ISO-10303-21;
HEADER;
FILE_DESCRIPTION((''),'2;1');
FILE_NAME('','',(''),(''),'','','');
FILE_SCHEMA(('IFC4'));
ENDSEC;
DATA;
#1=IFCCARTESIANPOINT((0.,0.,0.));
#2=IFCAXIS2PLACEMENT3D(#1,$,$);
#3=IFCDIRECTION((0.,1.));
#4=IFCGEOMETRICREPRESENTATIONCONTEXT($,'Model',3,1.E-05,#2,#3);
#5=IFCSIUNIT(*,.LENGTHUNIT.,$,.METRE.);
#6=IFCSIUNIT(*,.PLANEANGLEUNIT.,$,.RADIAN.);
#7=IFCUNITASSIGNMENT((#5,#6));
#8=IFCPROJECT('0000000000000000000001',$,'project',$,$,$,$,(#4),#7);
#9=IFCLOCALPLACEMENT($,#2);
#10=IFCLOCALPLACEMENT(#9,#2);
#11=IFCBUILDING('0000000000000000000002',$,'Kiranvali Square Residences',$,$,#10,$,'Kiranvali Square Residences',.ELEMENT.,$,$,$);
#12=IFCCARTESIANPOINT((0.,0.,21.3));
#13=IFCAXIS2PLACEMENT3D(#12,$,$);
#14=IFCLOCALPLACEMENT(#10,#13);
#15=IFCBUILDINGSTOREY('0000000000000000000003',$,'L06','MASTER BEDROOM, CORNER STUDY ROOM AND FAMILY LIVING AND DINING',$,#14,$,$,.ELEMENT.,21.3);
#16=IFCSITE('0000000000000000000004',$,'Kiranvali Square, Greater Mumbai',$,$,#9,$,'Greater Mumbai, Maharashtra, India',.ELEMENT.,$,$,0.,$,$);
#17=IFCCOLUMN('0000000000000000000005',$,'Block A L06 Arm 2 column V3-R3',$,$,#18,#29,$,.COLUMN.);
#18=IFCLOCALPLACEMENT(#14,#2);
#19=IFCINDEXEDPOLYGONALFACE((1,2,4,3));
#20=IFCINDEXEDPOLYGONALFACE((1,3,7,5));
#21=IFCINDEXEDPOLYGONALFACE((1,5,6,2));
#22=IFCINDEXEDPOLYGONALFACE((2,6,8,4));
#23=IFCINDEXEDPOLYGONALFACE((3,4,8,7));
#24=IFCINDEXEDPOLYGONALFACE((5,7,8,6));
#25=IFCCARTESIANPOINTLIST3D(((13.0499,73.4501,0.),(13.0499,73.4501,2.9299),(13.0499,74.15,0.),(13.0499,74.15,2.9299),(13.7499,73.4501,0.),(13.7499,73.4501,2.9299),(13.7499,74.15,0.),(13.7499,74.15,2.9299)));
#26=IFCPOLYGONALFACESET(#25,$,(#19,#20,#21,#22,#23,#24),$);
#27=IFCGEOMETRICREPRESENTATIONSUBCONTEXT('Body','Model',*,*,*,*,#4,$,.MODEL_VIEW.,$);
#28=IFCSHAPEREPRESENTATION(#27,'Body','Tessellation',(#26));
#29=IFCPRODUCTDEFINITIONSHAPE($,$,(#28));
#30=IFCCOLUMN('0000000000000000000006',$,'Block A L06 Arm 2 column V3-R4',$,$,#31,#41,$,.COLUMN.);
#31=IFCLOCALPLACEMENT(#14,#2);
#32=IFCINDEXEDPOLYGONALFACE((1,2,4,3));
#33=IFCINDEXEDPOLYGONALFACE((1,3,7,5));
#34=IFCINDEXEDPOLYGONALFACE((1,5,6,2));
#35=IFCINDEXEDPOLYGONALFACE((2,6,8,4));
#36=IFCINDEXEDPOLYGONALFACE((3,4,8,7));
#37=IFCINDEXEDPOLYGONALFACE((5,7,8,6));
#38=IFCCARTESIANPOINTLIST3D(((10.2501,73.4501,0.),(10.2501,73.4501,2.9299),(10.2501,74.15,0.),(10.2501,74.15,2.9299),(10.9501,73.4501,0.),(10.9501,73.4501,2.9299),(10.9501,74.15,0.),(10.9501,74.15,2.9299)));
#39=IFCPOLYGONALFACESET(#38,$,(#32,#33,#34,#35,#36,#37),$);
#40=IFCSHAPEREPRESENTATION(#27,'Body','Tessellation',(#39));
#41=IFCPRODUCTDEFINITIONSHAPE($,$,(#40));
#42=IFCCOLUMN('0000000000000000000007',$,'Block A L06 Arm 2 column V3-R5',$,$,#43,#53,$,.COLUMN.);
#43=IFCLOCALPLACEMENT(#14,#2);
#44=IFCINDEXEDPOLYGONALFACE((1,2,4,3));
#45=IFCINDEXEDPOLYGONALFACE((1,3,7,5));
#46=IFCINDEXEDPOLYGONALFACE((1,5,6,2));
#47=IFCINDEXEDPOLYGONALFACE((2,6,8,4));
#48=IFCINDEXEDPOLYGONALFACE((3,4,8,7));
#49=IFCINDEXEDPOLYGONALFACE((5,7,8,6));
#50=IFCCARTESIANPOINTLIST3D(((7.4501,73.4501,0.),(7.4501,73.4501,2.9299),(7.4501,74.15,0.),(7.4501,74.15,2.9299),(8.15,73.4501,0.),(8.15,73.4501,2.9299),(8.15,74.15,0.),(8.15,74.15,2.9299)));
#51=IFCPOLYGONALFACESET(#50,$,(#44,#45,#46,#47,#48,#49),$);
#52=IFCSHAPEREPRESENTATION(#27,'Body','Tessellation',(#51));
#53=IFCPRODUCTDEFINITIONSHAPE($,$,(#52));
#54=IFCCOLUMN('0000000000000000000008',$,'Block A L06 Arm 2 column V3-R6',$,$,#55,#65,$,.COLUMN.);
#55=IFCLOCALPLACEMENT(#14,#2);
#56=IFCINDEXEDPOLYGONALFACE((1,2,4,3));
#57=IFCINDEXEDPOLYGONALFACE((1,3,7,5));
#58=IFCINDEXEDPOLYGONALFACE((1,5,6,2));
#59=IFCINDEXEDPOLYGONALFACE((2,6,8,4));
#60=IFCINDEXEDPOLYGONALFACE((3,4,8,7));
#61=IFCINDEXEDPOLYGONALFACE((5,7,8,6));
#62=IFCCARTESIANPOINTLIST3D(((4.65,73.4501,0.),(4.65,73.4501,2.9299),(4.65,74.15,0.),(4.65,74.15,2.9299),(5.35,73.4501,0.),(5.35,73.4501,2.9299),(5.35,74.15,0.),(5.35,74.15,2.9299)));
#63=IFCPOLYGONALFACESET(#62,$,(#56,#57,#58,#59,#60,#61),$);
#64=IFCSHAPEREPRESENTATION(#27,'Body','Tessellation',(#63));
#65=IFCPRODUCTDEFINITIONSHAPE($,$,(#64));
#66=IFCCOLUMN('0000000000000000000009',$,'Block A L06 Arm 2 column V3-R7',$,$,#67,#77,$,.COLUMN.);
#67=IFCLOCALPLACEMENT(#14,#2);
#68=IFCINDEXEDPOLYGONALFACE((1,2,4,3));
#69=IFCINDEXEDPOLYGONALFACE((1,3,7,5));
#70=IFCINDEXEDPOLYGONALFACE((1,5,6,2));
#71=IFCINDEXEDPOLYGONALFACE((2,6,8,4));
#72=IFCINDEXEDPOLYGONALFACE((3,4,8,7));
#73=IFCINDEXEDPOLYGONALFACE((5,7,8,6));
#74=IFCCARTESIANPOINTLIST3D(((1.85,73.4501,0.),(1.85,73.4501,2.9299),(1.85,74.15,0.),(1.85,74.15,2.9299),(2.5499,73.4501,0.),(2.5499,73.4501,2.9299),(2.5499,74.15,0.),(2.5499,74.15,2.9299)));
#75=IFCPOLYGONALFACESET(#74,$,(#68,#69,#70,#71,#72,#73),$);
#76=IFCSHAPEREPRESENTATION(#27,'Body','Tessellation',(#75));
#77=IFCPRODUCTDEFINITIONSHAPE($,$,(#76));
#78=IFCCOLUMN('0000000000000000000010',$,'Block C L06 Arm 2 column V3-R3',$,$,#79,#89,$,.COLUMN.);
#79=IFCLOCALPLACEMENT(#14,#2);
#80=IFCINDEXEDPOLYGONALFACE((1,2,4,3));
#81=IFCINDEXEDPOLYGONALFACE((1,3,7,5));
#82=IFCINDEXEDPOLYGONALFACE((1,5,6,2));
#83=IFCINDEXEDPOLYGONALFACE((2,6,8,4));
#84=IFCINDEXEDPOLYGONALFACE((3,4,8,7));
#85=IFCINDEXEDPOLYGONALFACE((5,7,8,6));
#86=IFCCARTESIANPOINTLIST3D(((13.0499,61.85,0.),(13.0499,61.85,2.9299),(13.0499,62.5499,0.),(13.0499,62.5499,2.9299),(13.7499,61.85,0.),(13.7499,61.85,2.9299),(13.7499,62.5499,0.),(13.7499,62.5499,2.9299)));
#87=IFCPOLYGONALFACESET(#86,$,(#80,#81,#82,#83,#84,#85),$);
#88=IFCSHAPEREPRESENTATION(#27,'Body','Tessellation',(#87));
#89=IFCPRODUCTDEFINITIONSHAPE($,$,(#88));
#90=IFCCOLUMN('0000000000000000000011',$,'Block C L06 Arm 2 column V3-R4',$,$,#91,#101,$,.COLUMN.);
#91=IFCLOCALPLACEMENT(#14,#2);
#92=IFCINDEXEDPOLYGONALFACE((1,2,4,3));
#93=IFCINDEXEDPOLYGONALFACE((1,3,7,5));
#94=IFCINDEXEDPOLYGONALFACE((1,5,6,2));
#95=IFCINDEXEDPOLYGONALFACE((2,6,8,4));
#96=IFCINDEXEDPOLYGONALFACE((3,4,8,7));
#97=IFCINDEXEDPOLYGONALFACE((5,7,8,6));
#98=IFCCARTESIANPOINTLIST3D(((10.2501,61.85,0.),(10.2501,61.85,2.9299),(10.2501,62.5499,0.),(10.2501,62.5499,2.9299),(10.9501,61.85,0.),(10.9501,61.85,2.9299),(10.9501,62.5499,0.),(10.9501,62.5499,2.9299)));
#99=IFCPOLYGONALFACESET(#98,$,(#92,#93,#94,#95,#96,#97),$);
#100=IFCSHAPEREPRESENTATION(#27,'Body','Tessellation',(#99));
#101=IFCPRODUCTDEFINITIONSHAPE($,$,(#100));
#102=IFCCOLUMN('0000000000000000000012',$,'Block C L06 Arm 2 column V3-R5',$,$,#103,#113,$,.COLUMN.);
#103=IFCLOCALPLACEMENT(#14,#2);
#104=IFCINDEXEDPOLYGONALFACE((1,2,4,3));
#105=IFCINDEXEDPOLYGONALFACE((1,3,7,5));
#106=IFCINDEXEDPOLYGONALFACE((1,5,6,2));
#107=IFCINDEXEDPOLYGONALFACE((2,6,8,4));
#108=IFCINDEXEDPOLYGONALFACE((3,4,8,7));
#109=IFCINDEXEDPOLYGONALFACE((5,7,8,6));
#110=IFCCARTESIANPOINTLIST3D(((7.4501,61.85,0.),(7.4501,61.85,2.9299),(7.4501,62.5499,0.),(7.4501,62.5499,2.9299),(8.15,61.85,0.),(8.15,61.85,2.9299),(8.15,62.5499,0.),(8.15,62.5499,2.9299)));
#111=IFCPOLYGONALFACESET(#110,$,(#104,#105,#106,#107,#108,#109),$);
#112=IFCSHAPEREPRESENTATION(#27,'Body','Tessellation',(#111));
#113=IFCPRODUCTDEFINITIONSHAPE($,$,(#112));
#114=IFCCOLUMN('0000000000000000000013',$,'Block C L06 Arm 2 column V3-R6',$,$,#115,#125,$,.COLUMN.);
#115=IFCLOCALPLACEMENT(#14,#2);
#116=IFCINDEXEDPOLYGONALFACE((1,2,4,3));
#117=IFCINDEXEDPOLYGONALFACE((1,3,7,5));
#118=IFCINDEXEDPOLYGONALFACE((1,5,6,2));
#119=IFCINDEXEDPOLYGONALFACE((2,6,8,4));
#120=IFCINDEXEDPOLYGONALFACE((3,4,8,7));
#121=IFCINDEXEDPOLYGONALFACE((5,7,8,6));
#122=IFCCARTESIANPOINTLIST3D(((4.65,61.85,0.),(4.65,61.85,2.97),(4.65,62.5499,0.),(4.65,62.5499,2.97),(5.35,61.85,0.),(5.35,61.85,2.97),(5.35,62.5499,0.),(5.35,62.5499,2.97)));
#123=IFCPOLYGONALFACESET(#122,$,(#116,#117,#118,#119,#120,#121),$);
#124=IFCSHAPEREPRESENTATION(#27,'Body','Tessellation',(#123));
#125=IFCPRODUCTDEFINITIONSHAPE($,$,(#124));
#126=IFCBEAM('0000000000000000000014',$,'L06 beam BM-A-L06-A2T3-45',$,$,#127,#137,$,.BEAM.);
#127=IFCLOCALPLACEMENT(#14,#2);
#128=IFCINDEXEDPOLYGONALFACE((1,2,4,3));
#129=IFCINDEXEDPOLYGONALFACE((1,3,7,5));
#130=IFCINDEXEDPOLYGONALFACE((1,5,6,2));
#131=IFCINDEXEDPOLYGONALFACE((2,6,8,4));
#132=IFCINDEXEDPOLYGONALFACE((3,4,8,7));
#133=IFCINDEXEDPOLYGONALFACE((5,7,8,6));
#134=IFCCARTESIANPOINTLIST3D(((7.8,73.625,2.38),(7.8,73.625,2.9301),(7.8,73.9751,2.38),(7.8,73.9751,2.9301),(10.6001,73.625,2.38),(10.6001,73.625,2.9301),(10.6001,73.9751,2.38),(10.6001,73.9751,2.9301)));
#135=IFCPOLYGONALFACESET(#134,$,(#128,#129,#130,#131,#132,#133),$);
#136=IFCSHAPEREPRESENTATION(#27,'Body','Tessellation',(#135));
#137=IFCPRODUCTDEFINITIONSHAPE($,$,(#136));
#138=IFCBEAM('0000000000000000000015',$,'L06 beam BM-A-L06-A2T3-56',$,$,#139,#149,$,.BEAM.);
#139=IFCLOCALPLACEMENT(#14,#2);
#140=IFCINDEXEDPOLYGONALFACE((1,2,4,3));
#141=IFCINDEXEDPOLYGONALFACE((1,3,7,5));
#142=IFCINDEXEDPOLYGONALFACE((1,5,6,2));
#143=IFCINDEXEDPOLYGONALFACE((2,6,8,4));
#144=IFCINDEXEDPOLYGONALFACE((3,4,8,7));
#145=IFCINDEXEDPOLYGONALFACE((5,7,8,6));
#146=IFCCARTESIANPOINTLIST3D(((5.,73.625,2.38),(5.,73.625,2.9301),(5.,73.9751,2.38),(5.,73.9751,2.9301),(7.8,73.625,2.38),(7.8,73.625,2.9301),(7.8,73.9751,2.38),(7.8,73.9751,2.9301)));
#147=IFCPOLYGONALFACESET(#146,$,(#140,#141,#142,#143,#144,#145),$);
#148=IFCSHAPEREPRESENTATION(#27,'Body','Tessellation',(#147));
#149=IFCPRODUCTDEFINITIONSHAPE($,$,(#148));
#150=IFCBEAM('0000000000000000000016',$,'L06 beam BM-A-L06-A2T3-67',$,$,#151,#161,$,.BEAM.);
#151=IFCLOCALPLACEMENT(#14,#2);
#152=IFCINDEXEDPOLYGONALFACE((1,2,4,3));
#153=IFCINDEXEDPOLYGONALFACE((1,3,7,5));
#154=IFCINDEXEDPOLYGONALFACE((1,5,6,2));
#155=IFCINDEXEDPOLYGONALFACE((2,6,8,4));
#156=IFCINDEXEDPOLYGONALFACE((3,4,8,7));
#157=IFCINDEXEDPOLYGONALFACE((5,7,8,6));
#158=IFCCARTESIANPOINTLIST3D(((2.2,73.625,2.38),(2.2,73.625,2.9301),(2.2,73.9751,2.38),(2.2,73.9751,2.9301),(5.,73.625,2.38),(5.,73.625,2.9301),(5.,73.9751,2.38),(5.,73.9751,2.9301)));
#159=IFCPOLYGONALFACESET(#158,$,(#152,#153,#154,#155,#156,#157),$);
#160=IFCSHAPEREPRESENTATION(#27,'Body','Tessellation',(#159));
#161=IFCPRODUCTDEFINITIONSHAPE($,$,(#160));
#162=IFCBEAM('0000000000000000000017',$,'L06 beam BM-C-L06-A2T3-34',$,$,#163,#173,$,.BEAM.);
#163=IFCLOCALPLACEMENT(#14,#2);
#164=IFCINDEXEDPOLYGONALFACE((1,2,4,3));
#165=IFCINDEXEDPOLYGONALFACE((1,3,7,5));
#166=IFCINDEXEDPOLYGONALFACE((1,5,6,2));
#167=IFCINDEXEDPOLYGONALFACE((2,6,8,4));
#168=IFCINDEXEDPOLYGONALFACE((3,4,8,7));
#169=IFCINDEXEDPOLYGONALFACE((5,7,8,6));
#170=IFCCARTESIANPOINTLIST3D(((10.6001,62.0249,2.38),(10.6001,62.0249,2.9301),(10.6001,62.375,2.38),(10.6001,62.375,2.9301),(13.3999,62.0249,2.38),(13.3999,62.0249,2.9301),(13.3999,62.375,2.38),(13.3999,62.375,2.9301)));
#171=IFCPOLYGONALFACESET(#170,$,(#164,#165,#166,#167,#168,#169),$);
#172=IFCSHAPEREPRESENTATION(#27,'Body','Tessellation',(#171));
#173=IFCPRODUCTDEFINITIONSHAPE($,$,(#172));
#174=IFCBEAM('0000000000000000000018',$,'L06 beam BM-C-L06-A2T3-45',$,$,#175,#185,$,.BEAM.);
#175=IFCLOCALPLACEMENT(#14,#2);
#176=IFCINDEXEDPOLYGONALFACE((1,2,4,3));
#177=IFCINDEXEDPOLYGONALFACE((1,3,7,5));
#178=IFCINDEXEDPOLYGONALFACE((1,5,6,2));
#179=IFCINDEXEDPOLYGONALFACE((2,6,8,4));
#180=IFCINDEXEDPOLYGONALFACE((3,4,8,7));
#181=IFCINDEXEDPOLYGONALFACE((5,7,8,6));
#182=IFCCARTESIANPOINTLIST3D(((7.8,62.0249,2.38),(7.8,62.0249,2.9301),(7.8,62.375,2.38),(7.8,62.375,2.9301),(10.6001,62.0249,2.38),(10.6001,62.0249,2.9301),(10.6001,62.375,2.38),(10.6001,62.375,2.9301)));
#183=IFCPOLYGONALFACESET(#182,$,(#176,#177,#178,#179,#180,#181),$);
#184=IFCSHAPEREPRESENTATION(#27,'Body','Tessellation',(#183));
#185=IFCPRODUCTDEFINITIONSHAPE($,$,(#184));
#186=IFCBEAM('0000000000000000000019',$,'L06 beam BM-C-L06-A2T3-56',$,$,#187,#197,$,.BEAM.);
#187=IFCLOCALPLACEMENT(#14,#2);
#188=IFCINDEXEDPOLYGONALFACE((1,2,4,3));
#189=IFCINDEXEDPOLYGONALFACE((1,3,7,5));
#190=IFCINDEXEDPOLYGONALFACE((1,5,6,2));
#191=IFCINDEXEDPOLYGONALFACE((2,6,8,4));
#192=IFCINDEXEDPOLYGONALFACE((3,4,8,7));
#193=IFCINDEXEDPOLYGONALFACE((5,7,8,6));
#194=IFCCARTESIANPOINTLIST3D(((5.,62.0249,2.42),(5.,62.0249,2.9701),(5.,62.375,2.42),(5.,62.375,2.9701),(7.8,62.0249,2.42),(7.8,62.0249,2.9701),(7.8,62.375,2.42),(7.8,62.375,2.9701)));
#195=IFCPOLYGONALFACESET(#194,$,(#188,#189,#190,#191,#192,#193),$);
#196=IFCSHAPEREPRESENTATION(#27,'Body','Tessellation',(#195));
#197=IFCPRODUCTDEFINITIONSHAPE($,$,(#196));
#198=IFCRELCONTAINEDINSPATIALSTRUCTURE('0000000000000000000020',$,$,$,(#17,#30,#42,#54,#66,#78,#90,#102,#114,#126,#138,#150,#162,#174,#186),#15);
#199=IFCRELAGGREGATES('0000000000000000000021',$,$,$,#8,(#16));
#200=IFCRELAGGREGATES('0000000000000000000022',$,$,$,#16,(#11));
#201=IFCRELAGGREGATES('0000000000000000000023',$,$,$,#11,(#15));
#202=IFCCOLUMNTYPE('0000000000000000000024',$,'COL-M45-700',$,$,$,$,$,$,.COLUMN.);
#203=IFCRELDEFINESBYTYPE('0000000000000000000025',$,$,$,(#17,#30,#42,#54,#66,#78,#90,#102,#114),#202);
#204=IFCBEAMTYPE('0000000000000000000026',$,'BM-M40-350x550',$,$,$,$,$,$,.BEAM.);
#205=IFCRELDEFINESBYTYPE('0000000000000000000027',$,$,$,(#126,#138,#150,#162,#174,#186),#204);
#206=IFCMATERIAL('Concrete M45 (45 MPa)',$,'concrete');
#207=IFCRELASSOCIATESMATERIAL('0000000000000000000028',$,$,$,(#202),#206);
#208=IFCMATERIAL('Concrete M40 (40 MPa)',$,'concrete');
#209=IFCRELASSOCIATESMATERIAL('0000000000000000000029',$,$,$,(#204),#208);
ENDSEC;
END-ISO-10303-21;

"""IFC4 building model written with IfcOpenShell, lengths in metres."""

from ifc_helpers import new_model, si_unit, direction, frame, origin, origin_2d, place, context, subcontext, project, spatial, rectangle, extrude, material, material_profile, profile_set, type_object, element, save


model = new_model("IFC4")

# Units and contexts
model_context = context("Model", 3, precision=1e-05, world=origin(), true_north=direction((0.0, 1.0)))
body_context = subcontext(model_context, "Body", "Model", "MODEL_VIEW")
ifc_project = project(units=[si_unit("LENGTHUNIT", "METRE"), si_unit("PLANEANGLEUNIT", "RADIAN")], contexts=[model_context])

# Site, building, storey
site_placement = place(None, origin())
site = spatial("IfcSite", under=ifc_project, at=site_placement, Name="Kiranvali Square, Greater Mumbai", LongName="Greater Mumbai, Maharashtra, India", CompositionType="ELEMENT", RefElevation=0.0)
building_placement = place(site_placement, origin())
building = spatial("IfcBuilding", under=site, at=building_placement, Name="Kiranvali Square Residences", LongName="Kiranvali Square Residences", CompositionType="ELEMENT")
storey_placement = place(building_placement, frame((0.0, 0.0, 21.3)))
storey = spatial("IfcBuildingStorey", under=building, at=storey_placement, Name="L06", Description="MASTER BEDROOM, CORNER STUDY ROOM AND FAMILY LIVING AND DINING", CompositionType="ELEMENT", Elevation=21.3)

# Columns
ifc_material_1 = material(Name="Concrete M45 (45 MPa)", Category="concrete")
ifc_material_profile_1 = material_profile(ifc_material_1, rectangle(XDim=0.7, YDim=0.7, at=origin_2d()), Name="RC 700x700")
ifc_profile_set_1 = profile_set([ifc_material_profile_1], Name="Concrete M45 (45 MPa)")
column_type = type_object("IfcColumnType", Name="COL-M45-700", PredefinedType="COLUMN", material=ifc_profile_set_1)
for number, where, z_axis, x_axis, name in (
    (1, (13.3999, 73.8, 0.0), (0.0, 0.0, 1.0), (1.0, 0.0, 0.0), "Block A L06 Arm 2 column V3-R3"),
    (2, (10.6001, 73.8, 0.0), (0.0, 0.0, 1.0), (1.0, 0.0, 0.0), "Block A L06 Arm 2 column V3-R4"),
    (3, (7.8, 73.8, 0.0), (0.0, 0.0, 1.0), (1.0, 0.0, 0.0), "Block A L06 Arm 2 column V3-R5"),
    (4, (5.0, 73.8, 0.0), (0.0, 0.0, 1.0), (1.0, 0.0, 0.0), "Block A L06 Arm 2 column V3-R6"),
    (5, (2.2, 73.8, 0.0), (0.0, 0.0, 1.0), (1.0, 0.0, 0.0), "Block A L06 Arm 2 column V3-R7"),
    (6, (13.3999, 62.2, 0.0), (0.0, 0.0, 1.0), (1.0, 0.0, 0.0), "Block C L06 Arm 2 column V3-R3"),
    (7, (10.6001, 62.2, 0.0), (0.0, 0.0, 1.0), (1.0, 0.0, 0.0), "Block C L06 Arm 2 column V3-R4"),
    (8, (7.8, 62.2, 0.0), (0.0, 0.0, 1.0), (1.0, 0.0, 0.0), "Block C L06 Arm 2 column V3-R5"),
):
    element("IfcColumn", number, at=place(storey_placement, frame(where, z_axis=z_axis, x_axis=x_axis)), inside=storey, type_object=column_type, Name=name, PredefinedType="COLUMN", context=body_context, shape_type="SweptSolid", body=[
        extrude(rectangle(XDim=0.7, YDim=0.7, at=origin_2d()), origin(), (0.0, 0.0, 1.0), 2.9299),
    ])
column_placement = place(storey_placement, frame((5.0, 62.2, 0.0), z_axis=(0.0, 0.0, 1.0), x_axis=(1.0, 0.0, 0.0)))
element("IfcColumn", 9, at=column_placement, inside=storey, type_object=column_type, Name="Block C L06 Arm 2 column V3-R6", PredefinedType="COLUMN", context=body_context, shape_type="SweptSolid", body=[
    extrude(rectangle(XDim=0.7, YDim=0.7, at=origin_2d()), origin(), (0.0, 0.0, 1.0), 2.97),
])

# Beams
ifc_material_2 = material(Name="Concrete M40 (40 MPa)", Category="concrete")
ifc_material_profile_2 = material_profile(ifc_material_2, rectangle(XDim=0.3501, YDim=0.55, at=origin_2d()), Name="RC 350x550")
ifc_profile_set_2 = profile_set([ifc_material_profile_2], Name="Concrete M40 (40 MPa)")
beam_type = type_object("IfcBeamType", Name="BM-M40-350x550", PredefinedType="BEAM", material=ifc_profile_set_2)
for number, where, z_axis, x_axis, name in (
    (10, (10.6001, 73.8, 2.655), (-1.0, 0.0, 0.0), (0.0, -1.0, 0.0), "L06 beam BM-A-L06-A2T3-45"),
    (11, (7.8, 73.8, 2.655), (-1.0, 0.0, 0.0), (0.0, -1.0, 0.0), "L06 beam BM-A-L06-A2T3-56"),
    (12, (5.0, 73.8, 2.655), (-1.0, 0.0, 0.0), (0.0, -1.0, 0.0), "L06 beam BM-A-L06-A2T3-67"),
):
    element("IfcBeam", number, at=place(storey_placement, frame(where, z_axis=z_axis, x_axis=x_axis)), inside=storey, type_object=beam_type, Name=name, PredefinedType="BEAM", context=body_context, shape_type="SweptSolid", body=[
        extrude(rectangle(XDim=0.3501, YDim=0.55, at=origin_2d()), origin(), (0.0, 0.0, 1.0), 2.8),
    ])
beam_placement = place(storey_placement, frame((13.3999, 62.2, 2.655), z_axis=(-1.0, 0.0, 0.0), x_axis=(0.0, -1.0, 0.0)))
element("IfcBeam", 13, at=beam_placement, inside=storey, type_object=beam_type, Name="L06 beam BM-C-L06-A2T3-34", PredefinedType="BEAM", context=body_context, shape_type="SweptSolid", body=[
    extrude(rectangle(XDim=0.3501, YDim=0.55, at=origin_2d()), origin(), (0.0, 0.0, 1.0), 2.7998),
])
for number, where, z_axis, x_axis, name in (
    (14, (10.6001, 62.2, 2.655), (-1.0, 0.0, 0.0), (0.0, -1.0, 0.0), "L06 beam BM-C-L06-A2T3-45"),
    (15, (7.8, 62.2, 2.6951), (-1.0, 0.0, 0.0), (0.0, -1.0, 0.0), "L06 beam BM-C-L06-A2T3-56"),
):
    element("IfcBeam", number, at=place(storey_placement, frame(where, z_axis=z_axis, x_axis=x_axis)), inside=storey, type_object=beam_type, Name=name, PredefinedType="BEAM", context=body_context, shape_type="SweptSolid", body=[
        extrude(rectangle(XDim=0.3501, YDim=0.55, at=origin_2d()), origin(), (0.0, 0.0, 1.0), 2.8),
    ])

save(model, "model.ifc")
